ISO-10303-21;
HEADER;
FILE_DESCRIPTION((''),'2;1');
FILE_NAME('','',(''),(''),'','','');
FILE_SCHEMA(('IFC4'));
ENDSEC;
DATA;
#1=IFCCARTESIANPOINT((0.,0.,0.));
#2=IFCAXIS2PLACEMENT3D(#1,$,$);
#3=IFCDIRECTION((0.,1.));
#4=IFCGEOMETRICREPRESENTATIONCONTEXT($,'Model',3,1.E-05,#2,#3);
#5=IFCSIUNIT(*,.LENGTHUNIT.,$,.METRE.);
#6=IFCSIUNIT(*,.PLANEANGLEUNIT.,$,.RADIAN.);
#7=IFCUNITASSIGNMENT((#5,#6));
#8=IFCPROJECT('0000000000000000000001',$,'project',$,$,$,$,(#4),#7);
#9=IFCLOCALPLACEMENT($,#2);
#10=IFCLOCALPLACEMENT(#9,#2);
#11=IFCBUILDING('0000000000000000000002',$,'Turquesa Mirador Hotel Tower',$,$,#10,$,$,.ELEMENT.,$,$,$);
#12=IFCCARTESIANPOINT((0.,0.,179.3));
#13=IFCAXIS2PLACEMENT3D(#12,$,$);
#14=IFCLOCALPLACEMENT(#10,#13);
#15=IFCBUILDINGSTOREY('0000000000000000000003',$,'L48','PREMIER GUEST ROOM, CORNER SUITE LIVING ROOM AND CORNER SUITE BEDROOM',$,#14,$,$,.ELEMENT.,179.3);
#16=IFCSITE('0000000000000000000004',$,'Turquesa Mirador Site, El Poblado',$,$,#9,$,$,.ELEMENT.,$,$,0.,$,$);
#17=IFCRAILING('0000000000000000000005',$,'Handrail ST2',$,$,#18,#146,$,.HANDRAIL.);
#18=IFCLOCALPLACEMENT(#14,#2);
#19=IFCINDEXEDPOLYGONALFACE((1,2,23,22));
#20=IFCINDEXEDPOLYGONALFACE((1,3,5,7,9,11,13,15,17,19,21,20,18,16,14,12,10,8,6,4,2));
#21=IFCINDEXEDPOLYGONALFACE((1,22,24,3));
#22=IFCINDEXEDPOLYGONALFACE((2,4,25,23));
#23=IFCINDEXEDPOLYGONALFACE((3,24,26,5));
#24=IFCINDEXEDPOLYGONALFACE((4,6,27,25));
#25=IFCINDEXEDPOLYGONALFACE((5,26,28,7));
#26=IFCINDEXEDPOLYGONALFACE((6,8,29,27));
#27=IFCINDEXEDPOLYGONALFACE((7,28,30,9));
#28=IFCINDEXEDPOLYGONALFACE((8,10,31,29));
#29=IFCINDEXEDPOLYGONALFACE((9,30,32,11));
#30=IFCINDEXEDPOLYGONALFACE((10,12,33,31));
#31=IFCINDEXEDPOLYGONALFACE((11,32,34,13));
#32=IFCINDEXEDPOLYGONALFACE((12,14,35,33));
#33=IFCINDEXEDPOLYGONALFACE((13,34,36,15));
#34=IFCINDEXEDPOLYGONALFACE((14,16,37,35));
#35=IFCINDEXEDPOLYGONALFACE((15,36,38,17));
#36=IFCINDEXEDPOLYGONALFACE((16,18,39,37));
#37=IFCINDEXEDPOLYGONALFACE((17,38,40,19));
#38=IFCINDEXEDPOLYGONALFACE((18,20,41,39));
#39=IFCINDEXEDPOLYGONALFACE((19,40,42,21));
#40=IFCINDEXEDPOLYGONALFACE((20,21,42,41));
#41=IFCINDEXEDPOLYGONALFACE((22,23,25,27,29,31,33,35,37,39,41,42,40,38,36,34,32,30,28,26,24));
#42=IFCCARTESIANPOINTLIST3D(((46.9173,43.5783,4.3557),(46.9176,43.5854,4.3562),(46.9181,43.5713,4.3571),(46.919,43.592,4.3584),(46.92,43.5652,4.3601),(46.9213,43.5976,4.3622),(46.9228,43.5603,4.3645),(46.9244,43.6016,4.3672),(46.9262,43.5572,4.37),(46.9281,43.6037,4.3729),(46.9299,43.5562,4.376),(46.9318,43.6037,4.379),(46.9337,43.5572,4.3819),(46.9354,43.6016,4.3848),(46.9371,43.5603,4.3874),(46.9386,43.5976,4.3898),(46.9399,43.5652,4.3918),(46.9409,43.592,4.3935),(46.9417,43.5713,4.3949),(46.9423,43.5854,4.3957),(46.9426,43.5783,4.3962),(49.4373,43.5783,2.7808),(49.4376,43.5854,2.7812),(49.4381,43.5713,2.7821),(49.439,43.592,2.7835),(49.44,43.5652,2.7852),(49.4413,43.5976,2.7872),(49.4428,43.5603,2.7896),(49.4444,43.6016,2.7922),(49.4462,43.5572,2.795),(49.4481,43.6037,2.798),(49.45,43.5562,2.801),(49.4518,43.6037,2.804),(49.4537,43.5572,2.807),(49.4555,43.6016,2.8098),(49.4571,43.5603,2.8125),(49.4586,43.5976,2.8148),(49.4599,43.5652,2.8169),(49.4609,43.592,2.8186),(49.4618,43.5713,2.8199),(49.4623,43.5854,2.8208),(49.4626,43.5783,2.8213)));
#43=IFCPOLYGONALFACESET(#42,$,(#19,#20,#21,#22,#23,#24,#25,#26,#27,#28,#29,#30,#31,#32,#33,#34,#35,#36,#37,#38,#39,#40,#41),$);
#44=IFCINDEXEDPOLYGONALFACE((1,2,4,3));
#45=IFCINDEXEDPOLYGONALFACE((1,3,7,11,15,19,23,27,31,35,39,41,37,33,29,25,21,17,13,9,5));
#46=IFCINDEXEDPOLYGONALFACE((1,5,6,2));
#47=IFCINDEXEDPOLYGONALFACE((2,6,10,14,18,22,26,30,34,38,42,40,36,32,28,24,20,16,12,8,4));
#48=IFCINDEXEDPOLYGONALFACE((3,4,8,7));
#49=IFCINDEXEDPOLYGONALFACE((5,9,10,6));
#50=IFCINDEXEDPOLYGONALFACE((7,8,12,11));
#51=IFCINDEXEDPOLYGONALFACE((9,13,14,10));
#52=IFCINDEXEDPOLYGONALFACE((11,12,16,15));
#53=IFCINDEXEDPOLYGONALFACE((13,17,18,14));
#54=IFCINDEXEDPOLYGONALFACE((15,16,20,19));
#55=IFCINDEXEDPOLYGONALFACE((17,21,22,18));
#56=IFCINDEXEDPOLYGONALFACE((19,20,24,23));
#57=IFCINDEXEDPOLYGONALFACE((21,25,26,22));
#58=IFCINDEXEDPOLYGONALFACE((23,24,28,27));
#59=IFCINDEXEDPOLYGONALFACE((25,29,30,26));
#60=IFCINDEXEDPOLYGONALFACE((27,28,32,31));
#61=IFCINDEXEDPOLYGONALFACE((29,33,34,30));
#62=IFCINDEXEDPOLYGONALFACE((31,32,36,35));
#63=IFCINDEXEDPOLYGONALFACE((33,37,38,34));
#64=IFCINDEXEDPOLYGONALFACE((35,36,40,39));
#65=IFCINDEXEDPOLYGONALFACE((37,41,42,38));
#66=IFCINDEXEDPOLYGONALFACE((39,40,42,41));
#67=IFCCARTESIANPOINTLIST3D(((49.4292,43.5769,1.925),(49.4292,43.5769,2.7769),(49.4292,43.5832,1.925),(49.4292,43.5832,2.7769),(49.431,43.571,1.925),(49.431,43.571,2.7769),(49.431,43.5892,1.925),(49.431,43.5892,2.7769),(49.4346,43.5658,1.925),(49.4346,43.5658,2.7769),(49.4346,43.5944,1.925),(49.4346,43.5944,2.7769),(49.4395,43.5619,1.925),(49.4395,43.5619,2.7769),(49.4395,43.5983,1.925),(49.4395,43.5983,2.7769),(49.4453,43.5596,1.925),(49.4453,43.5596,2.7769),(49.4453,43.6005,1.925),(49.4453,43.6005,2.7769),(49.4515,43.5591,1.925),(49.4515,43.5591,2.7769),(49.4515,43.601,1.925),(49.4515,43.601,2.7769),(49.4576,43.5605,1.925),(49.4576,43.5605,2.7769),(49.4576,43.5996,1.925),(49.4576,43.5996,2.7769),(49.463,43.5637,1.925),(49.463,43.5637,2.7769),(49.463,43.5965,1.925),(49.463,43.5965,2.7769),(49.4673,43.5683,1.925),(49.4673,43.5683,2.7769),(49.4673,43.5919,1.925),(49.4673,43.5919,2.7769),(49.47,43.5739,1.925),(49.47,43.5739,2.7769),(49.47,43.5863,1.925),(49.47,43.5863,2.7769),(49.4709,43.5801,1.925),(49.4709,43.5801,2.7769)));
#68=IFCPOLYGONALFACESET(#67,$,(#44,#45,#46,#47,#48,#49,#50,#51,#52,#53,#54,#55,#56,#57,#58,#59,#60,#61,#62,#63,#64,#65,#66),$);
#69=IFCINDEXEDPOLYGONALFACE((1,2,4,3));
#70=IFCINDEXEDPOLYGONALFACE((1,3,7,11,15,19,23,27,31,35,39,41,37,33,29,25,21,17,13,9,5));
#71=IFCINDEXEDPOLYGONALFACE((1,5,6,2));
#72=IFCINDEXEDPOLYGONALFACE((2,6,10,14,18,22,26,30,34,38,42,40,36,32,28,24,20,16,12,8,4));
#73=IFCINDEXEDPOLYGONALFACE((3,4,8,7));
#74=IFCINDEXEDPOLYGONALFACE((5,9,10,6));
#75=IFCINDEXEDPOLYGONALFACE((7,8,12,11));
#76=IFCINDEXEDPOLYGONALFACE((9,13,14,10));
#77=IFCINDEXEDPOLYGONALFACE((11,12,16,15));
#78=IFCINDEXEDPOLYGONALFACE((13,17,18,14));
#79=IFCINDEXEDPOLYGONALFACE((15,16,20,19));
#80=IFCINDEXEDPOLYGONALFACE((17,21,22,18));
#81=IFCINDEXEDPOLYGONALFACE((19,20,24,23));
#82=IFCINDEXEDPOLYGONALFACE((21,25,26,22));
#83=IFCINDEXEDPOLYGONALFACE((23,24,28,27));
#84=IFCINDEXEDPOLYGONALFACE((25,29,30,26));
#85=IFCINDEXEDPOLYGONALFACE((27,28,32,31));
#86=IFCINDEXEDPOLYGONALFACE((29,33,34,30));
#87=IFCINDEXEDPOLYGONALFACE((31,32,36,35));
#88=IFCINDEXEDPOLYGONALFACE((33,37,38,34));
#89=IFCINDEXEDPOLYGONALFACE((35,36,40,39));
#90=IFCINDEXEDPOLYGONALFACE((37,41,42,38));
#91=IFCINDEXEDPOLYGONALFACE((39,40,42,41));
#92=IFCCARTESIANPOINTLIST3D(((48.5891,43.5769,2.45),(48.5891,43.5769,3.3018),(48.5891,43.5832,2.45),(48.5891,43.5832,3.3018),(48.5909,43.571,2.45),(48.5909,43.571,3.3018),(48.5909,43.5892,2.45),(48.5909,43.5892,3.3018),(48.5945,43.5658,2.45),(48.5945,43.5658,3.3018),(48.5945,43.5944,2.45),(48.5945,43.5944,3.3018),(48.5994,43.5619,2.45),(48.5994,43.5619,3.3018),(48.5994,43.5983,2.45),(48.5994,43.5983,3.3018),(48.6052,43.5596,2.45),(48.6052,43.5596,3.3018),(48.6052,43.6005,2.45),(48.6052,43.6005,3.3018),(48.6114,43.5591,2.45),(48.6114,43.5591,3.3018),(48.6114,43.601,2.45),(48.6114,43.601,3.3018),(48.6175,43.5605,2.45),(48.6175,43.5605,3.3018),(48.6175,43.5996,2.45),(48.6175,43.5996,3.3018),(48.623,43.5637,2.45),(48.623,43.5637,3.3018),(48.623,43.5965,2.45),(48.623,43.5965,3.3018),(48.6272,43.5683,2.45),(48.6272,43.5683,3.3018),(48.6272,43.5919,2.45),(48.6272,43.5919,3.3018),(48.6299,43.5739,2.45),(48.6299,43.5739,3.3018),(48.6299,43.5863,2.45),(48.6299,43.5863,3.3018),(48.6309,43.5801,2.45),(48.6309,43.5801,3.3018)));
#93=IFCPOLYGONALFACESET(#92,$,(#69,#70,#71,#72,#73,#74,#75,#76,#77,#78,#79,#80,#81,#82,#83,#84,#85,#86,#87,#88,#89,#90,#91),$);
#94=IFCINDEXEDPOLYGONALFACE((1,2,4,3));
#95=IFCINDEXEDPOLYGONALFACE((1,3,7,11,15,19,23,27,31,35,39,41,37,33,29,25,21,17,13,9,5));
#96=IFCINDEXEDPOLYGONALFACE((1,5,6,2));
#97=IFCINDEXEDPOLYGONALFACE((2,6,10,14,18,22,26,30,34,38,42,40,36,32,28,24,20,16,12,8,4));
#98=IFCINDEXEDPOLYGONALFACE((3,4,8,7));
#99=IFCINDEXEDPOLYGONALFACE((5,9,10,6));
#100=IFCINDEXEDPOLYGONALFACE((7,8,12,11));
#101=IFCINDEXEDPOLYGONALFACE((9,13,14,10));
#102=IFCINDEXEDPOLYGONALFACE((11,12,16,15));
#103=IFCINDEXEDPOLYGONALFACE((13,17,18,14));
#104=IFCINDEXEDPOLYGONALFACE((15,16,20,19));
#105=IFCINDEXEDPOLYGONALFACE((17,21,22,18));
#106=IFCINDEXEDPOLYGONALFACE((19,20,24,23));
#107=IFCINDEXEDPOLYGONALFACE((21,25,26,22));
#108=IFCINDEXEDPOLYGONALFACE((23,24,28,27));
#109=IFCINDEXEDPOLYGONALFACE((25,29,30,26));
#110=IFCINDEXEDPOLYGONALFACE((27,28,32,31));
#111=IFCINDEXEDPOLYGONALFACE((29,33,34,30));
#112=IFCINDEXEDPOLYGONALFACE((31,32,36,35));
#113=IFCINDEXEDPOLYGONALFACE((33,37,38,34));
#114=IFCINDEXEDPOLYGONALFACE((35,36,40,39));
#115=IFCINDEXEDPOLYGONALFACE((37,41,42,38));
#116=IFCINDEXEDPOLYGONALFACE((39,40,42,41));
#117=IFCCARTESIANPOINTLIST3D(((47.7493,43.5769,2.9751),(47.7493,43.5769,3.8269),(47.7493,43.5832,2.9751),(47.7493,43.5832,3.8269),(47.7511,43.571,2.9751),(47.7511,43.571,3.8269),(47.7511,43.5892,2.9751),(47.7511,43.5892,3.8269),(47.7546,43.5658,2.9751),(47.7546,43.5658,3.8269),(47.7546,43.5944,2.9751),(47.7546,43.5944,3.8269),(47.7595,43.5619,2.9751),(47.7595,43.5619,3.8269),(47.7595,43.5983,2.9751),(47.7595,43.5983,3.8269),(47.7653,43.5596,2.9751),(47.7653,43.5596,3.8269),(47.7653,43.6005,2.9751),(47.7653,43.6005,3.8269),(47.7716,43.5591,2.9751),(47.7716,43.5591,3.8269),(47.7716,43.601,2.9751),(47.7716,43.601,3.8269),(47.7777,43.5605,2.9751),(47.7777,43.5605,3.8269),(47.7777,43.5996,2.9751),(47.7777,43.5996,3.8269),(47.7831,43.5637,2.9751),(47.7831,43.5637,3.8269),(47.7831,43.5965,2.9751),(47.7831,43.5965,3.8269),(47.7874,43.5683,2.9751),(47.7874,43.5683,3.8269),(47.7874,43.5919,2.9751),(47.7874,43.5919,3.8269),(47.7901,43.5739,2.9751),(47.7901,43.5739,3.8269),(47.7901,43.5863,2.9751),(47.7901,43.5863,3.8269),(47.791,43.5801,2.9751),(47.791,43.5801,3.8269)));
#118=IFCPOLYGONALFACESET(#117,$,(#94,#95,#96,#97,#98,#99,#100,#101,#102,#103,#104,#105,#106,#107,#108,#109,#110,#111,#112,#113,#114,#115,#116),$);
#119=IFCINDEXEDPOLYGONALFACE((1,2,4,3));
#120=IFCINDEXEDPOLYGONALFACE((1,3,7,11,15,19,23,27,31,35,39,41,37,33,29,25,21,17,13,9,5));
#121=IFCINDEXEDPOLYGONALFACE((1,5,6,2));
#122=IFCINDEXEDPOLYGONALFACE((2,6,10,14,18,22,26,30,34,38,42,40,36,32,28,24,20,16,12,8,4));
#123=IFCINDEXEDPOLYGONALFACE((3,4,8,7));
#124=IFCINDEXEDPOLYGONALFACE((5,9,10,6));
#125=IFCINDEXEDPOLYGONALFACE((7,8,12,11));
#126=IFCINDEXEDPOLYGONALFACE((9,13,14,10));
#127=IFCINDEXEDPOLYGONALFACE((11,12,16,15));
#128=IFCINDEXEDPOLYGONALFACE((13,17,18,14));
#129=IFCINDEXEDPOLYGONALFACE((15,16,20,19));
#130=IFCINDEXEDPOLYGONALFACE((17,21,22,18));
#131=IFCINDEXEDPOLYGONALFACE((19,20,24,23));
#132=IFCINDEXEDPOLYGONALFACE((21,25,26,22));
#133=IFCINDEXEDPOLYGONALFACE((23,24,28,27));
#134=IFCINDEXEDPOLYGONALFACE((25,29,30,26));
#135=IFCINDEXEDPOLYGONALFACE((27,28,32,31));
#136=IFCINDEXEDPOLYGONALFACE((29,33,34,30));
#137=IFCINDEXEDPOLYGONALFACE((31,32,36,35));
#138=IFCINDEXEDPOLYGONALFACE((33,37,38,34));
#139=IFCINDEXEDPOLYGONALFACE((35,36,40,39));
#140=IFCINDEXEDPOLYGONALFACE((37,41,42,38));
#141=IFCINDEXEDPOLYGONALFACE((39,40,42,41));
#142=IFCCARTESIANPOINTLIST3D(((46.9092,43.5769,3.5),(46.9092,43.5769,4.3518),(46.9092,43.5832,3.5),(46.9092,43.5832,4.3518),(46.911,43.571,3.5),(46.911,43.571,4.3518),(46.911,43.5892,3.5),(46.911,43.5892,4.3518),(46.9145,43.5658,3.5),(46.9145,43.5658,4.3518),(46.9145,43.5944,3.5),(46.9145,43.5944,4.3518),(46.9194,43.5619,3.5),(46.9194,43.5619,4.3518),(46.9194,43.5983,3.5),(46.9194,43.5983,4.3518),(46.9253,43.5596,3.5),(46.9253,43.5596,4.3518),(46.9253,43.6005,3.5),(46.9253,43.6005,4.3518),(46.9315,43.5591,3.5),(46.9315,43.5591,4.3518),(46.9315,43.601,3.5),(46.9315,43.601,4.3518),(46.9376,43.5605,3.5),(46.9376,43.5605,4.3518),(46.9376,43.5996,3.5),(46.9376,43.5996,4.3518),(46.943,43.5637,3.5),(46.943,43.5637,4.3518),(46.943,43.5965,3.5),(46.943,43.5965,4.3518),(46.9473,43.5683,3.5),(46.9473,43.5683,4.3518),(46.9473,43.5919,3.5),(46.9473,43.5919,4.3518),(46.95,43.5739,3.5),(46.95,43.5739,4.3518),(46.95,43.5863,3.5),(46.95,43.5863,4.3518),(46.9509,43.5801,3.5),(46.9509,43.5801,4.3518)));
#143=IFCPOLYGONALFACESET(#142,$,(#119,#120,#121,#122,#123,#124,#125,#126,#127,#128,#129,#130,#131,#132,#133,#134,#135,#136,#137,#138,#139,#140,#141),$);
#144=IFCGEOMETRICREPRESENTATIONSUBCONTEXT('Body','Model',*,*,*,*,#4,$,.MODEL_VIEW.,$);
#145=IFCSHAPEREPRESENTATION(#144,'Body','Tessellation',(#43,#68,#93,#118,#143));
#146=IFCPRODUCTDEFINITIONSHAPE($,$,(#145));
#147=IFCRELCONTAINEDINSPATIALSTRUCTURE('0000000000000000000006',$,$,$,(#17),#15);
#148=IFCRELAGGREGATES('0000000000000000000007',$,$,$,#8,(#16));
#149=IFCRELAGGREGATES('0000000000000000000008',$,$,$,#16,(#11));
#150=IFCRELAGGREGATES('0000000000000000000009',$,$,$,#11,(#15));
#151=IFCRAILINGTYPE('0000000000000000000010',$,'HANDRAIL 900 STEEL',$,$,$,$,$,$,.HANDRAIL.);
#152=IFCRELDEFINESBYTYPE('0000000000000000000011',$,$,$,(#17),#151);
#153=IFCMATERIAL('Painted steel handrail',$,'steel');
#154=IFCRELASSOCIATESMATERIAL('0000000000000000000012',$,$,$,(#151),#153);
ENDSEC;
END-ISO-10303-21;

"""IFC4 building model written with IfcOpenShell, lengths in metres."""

from ifc_helpers import new_model, si_unit, direction, frame, origin, origin_2d, place, context, subcontext, project, spatial, circle, extrude, material, type_object, element, save


model = new_model("IFC4")

# Units and contexts
model_context = context("Model", 3, precision=1e-05, world=origin(), true_north=direction((0.0, 1.0)))
body_context = subcontext(model_context, "Body", "Model", "MODEL_VIEW")
ifc_project = project(units=[si_unit("LENGTHUNIT", "METRE"), si_unit("PLANEANGLEUNIT", "RADIAN")], contexts=[model_context])

# Site, building, storey
site_placement = place(None, origin())
site = spatial("IfcSite", under=ifc_project, at=site_placement, Name="Turquesa Mirador Site, El Poblado", CompositionType="ELEMENT", RefElevation=0.0)
building_placement = place(site_placement, origin())
building = spatial("IfcBuilding", under=site, at=building_placement, Name="Turquesa Mirador Hotel Tower", CompositionType="ELEMENT")
storey_placement = place(building_placement, frame((0.0, 0.0, 179.3)))
storey = spatial("IfcBuildingStorey", under=building, at=storey_placement, Name="L48", Description="PREMIER GUEST ROOM, CORNER SUITE LIVING ROOM AND CORNER SUITE BEDROOM", CompositionType="ELEMENT", Elevation=179.3)

# Railing
ifc_material_1 = material(Name="Painted steel handrail", Category="steel")
railing_type = type_object("IfcRailingType", Name="HANDRAIL 900 STEEL", PredefinedType="HANDRAIL", material=ifc_material_1)
railing_1_placement = place(storey_placement, frame((49.45, 43.5801, 1.925)))
element("IfcRailing", 1, at=railing_1_placement, inside=storey, type_object=railing_type, Name="Handrail ST2", PredefinedType="HANDRAIL", context=body_context, shape_type="SweptSolid", body=[
    extrude(circle(Radius=0.0239, at=origin_2d()), frame((0.0, 0.0, 0.876), z_axis=(-0.848008, 0.0, 0.529984), x_axis=(0.0, -1.0, 0.0)), (0.0, 0.0, 1.0), 2.9717),
    extrude(circle(Radius=0.021, at=origin_2d()), origin(), (0.0, 0.0, 1.0), 0.8518),
    extrude(circle(Radius=0.021, at=origin_2d()), frame((-0.8401, 0.0, 0.5249)), (0.0, 0.0, 1.0), 0.8518),
    extrude(circle(Radius=0.021, at=origin_2d()), frame((-1.6799, 0.0, 1.05)), (0.0, 0.0, 1.0), 0.8518),
    extrude(circle(Radius=0.021, at=origin_2d()), frame((-2.52, 0.0, 1.575)), (0.0, 0.0, 1.0), 0.8518),
])

save(model, "model.ifc")
